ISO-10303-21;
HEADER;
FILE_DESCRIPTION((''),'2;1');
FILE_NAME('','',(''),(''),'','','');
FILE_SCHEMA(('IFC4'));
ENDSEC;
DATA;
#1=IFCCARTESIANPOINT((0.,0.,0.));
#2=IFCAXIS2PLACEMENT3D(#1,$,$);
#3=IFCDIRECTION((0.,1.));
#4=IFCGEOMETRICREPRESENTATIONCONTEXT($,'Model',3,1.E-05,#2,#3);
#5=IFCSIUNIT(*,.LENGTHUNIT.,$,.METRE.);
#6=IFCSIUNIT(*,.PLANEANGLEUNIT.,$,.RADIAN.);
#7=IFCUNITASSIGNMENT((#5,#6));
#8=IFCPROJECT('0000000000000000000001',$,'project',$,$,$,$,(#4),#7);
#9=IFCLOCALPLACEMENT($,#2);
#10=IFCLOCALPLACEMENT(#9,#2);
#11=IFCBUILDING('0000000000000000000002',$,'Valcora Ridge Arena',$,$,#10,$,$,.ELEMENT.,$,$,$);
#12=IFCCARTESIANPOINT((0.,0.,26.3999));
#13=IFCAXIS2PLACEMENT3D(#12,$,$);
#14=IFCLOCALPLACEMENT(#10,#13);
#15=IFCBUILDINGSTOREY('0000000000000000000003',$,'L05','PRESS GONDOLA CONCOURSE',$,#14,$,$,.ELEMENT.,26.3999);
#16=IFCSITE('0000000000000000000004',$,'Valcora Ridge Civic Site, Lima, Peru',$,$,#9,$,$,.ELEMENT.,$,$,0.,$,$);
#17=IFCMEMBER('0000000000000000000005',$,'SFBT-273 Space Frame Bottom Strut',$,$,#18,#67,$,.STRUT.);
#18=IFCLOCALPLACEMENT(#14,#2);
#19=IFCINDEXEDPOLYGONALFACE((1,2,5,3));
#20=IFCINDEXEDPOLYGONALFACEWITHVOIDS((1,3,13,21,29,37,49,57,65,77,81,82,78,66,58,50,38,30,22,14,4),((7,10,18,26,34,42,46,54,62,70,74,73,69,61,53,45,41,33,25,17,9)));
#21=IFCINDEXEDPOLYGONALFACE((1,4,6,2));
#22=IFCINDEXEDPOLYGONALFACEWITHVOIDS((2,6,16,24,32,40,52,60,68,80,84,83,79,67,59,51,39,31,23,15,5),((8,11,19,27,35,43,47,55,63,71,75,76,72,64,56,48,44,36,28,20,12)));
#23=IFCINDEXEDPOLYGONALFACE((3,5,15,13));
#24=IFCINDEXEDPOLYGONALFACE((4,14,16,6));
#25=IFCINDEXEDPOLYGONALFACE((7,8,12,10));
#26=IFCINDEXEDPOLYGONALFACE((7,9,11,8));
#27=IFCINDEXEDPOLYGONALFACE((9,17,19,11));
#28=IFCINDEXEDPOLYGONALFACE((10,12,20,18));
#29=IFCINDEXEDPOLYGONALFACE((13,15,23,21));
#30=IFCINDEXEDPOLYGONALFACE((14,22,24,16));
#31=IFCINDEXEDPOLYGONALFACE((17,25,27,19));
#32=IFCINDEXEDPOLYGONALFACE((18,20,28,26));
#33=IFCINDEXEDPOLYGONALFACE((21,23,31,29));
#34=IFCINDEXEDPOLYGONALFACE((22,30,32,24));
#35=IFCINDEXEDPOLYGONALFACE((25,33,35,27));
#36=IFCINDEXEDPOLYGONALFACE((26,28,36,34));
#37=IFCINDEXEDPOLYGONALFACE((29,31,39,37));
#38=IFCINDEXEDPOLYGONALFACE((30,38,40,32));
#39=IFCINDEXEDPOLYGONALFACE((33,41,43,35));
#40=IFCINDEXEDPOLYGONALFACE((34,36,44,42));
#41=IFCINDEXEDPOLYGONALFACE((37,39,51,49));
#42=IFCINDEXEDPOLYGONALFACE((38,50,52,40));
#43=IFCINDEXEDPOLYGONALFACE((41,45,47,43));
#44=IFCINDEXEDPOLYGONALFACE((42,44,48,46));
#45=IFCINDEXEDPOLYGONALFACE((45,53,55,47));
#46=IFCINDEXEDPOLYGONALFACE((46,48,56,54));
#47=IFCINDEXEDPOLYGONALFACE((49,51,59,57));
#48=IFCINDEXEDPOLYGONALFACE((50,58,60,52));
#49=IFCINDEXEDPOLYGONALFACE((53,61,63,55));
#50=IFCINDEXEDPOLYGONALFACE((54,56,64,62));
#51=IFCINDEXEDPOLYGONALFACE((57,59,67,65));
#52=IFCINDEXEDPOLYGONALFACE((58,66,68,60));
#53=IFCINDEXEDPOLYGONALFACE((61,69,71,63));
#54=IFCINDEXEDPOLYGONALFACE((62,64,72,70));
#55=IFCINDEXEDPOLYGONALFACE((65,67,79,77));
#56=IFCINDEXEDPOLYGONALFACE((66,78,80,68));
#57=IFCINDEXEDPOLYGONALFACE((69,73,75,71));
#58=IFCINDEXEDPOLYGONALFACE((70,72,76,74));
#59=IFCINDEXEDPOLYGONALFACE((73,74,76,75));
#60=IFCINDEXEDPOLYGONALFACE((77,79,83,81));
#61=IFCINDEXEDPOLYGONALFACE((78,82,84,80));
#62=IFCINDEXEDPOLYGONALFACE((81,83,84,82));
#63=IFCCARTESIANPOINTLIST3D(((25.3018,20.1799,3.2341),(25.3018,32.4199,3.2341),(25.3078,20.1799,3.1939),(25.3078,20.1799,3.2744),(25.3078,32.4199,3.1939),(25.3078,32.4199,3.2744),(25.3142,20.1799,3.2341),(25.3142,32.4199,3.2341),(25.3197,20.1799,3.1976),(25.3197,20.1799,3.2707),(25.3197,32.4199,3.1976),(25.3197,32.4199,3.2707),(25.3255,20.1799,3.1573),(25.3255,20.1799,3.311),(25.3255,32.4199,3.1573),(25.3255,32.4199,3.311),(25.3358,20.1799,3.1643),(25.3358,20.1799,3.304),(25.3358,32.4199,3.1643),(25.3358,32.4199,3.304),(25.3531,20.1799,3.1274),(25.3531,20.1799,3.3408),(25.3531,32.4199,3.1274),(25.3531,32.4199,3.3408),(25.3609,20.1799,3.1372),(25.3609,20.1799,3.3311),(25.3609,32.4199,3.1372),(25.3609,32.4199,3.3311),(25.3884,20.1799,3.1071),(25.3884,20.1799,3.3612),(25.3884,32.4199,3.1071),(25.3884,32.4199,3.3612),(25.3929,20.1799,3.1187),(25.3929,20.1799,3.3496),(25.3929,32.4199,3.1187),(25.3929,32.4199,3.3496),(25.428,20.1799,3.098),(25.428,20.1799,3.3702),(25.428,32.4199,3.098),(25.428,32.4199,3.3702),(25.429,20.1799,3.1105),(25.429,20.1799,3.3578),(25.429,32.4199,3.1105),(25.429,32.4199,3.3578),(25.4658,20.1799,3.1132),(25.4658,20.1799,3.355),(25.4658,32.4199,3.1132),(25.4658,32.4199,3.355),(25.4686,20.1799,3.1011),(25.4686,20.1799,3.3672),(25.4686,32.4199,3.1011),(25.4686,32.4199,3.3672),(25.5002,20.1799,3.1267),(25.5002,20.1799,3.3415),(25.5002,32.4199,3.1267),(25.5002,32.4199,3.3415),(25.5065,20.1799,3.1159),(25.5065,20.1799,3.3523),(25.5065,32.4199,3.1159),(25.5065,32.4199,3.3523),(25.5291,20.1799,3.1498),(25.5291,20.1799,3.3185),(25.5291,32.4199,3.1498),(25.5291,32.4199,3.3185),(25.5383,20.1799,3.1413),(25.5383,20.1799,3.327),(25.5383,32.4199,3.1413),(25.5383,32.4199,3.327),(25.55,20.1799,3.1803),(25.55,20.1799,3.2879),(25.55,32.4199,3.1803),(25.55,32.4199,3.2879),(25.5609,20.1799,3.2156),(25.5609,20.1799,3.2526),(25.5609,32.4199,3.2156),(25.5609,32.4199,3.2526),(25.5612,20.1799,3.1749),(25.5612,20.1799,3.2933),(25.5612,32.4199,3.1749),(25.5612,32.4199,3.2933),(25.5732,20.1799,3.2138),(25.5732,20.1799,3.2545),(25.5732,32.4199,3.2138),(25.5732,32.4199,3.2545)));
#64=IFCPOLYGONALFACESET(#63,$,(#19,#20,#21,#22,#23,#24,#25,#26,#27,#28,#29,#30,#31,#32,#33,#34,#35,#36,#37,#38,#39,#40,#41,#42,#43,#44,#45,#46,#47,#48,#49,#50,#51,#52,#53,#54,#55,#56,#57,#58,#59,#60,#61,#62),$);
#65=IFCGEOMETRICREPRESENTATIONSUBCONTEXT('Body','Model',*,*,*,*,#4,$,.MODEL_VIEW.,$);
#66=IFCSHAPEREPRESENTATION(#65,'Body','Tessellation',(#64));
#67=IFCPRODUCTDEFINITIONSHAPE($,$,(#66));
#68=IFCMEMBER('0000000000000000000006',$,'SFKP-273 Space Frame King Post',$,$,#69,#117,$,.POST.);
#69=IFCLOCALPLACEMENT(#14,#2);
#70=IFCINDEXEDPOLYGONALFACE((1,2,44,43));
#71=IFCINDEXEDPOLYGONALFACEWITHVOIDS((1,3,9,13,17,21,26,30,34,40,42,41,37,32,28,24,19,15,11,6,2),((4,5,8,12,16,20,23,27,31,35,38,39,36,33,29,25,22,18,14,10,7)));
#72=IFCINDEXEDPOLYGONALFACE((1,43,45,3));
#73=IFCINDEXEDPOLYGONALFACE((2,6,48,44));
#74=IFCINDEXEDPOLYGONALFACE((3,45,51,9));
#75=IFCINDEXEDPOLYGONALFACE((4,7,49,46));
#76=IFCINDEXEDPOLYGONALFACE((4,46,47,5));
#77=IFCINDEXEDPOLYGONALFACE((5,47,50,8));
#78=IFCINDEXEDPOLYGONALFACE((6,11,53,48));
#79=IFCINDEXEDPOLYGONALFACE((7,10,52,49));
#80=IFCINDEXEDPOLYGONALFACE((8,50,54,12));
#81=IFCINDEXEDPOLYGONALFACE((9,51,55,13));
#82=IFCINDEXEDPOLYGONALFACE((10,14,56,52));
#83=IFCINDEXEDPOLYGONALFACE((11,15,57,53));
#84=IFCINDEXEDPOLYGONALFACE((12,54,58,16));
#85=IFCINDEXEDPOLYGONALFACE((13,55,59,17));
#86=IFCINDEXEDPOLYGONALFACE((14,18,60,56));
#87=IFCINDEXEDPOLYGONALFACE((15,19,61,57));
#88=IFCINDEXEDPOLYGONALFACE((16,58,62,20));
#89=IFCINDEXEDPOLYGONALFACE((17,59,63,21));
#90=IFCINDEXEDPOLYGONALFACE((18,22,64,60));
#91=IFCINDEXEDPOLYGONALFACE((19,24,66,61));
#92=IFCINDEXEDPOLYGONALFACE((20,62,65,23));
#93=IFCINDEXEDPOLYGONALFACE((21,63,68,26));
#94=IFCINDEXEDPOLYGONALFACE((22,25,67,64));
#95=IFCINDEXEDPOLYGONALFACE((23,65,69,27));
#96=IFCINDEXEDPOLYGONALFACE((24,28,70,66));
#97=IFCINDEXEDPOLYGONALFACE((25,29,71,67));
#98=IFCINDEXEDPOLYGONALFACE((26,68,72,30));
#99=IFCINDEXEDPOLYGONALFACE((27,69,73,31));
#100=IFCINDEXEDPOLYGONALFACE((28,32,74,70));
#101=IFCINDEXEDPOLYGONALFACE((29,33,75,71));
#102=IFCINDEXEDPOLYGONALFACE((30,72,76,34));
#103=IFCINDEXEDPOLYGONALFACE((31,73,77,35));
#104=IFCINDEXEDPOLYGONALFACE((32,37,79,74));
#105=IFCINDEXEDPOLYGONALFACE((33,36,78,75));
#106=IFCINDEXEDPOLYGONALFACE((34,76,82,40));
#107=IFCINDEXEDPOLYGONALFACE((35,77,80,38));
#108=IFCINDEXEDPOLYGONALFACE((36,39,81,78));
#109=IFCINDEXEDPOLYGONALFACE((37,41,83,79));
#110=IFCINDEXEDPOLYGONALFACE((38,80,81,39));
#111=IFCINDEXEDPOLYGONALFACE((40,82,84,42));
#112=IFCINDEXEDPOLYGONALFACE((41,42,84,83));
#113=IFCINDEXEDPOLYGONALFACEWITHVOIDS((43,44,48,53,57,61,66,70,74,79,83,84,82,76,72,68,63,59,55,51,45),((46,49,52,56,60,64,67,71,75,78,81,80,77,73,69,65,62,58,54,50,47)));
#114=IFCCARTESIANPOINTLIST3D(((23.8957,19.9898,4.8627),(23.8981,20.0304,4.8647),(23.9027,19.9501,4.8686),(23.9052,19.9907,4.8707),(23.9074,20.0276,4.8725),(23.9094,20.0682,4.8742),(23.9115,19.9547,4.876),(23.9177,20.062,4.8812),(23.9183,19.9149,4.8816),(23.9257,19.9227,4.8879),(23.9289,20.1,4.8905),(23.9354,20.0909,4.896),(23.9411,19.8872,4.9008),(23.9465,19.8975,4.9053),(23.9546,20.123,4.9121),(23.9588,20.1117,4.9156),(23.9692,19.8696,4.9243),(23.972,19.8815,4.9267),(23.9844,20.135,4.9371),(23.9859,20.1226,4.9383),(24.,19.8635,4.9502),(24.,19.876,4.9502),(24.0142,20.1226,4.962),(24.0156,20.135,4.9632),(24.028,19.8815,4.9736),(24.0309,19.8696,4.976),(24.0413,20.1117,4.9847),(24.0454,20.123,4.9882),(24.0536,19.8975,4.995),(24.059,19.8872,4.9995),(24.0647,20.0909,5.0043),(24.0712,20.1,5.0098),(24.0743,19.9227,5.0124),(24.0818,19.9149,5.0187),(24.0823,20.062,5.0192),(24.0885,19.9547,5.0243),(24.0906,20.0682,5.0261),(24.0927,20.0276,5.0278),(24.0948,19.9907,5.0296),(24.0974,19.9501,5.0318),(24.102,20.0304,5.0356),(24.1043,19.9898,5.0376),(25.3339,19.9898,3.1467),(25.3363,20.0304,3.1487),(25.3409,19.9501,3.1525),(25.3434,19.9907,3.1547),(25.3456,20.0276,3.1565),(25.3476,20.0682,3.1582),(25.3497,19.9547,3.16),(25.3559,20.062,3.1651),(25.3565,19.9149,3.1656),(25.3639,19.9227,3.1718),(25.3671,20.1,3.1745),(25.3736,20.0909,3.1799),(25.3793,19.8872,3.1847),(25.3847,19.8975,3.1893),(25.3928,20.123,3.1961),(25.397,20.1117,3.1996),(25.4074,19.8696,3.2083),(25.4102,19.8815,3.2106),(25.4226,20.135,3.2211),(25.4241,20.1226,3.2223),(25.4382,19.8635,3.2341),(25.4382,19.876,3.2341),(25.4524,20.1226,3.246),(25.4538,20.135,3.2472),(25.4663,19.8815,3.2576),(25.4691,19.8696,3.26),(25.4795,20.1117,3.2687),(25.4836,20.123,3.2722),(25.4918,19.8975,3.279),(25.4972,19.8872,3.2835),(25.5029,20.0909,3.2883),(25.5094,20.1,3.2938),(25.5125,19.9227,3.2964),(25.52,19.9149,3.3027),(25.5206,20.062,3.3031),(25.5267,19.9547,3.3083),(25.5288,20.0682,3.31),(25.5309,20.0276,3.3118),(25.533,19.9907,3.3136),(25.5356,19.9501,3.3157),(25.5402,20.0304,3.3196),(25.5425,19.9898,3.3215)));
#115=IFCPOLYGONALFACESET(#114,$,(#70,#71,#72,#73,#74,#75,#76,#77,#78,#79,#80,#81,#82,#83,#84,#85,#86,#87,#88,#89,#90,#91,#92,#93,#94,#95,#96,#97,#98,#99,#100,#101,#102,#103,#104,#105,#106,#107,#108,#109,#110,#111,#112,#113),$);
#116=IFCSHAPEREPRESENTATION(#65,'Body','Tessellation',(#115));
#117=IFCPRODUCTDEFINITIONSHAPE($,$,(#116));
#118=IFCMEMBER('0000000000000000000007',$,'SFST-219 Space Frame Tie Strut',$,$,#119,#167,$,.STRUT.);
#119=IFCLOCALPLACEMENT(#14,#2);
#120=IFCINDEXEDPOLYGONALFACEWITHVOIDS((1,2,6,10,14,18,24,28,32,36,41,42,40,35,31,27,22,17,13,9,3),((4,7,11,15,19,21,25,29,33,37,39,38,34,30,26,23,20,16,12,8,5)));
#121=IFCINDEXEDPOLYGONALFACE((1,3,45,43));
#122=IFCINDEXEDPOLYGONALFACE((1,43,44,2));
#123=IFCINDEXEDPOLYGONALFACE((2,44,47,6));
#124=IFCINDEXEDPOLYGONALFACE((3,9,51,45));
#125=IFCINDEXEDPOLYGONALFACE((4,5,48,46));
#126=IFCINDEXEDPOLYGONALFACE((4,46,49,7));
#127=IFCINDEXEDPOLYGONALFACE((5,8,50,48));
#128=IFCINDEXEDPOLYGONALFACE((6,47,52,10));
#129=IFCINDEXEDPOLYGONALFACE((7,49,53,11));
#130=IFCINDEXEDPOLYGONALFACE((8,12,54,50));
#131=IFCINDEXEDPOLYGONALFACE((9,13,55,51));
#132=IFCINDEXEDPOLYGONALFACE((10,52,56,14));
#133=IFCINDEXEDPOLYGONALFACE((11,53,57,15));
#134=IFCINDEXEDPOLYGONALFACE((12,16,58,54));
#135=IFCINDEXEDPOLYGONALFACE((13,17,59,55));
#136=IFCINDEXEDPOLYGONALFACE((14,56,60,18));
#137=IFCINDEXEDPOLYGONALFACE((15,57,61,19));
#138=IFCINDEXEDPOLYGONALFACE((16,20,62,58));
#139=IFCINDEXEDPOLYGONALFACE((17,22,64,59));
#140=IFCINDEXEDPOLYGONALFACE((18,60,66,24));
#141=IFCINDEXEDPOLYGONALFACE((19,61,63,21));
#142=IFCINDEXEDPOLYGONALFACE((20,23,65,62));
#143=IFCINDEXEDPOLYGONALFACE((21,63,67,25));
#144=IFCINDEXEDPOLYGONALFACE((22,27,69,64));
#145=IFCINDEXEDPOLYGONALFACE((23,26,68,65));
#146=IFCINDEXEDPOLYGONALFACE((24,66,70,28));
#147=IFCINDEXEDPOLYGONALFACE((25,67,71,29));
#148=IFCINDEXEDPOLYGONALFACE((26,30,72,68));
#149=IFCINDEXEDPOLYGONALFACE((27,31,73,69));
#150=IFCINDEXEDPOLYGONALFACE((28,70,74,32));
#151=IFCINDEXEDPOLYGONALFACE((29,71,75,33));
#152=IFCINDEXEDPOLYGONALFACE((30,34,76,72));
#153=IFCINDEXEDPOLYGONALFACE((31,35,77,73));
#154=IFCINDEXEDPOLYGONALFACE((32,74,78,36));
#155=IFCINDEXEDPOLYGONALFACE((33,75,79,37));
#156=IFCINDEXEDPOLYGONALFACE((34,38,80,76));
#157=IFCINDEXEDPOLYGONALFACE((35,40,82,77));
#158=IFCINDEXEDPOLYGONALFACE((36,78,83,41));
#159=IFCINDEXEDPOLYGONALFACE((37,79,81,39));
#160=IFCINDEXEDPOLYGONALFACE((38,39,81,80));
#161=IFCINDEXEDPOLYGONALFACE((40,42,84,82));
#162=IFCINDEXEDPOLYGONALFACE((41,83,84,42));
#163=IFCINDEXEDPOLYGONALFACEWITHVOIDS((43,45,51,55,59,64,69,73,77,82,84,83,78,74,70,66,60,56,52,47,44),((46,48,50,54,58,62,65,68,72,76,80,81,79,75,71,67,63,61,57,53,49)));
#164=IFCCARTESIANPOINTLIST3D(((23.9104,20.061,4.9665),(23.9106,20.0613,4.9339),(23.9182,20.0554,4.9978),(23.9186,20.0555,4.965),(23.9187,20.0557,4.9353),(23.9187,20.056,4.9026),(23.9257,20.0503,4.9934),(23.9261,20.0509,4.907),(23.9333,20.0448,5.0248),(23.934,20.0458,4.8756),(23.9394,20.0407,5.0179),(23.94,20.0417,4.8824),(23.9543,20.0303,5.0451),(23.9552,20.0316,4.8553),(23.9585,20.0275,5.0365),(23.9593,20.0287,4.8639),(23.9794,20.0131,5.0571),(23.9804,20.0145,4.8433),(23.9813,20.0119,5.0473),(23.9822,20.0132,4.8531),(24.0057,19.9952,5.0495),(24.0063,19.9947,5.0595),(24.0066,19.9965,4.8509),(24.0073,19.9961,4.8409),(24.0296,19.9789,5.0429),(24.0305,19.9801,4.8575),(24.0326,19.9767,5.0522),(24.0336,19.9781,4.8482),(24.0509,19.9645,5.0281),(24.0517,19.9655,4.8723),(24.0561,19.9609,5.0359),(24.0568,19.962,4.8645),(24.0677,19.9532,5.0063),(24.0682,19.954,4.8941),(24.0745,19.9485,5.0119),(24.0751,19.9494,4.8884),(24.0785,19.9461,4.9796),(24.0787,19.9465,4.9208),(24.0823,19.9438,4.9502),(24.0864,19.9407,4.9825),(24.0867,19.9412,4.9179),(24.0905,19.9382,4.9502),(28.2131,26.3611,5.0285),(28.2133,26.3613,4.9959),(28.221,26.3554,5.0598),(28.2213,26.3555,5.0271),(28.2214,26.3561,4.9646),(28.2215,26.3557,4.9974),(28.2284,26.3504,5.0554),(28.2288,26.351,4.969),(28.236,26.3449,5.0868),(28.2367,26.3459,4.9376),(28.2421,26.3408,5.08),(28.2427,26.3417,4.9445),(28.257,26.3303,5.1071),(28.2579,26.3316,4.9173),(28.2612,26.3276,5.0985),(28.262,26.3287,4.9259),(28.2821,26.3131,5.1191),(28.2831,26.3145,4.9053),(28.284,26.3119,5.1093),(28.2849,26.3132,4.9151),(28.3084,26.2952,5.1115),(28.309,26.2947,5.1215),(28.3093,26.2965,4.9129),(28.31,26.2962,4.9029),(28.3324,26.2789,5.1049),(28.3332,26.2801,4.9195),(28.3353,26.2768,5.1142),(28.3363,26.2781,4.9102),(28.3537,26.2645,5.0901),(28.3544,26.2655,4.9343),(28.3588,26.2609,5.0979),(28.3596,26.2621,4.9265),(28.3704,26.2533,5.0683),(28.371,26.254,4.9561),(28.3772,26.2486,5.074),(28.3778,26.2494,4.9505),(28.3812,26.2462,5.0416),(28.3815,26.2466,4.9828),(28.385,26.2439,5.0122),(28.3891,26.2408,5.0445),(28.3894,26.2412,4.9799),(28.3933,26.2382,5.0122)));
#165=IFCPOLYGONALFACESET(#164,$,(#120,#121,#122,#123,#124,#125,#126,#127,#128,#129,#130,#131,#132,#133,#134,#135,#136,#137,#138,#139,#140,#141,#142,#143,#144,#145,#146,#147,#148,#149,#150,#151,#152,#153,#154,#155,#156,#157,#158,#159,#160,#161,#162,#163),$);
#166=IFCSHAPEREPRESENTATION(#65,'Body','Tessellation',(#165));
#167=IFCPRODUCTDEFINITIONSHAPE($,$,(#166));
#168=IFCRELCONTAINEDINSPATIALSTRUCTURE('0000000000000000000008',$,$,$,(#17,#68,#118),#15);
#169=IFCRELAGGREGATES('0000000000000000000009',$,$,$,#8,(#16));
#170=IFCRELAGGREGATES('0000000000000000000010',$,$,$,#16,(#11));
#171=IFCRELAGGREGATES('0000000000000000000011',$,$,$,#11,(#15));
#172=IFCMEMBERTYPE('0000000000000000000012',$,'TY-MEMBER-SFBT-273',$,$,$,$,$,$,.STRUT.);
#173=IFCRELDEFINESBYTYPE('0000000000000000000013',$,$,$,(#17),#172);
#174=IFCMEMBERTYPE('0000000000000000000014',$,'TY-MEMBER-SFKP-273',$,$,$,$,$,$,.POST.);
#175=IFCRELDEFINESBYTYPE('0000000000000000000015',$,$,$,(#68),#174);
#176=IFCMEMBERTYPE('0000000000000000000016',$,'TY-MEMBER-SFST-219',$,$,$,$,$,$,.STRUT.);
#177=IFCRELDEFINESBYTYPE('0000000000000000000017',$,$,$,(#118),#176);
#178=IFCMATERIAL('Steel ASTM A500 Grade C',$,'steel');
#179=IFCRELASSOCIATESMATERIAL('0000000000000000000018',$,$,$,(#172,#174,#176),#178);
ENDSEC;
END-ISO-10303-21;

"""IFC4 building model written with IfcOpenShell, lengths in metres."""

from ifc_helpers import new_model, si_unit, direction, frame, origin, origin_2d, place, context, subcontext, project, spatial, hollow_circle, extrude, material, material_profile, profile_set, type_object, element, save


model = new_model("IFC4")

# Units and contexts
model_context = context("Model", 3, precision=1e-05, world=origin(), true_north=direction((0.0, 1.0)))
body_context = subcontext(model_context, "Body", "Model", "MODEL_VIEW")
ifc_project = project(units=[si_unit("LENGTHUNIT", "METRE"), si_unit("PLANEANGLEUNIT", "RADIAN")], contexts=[model_context])

# Site, building, storey
site_placement = place(None, origin())
site = spatial("IfcSite", under=ifc_project, at=site_placement, Name="Valcora Ridge Civic Site, Lima, Peru", CompositionType="ELEMENT", RefElevation=0.0)
building_placement = place(site_placement, origin())
building = spatial("IfcBuilding", under=site, at=building_placement, Name="Valcora Ridge Arena", CompositionType="ELEMENT")
storey_placement = place(building_placement, frame((0.0, 0.0, 26.3999)))
storey = spatial("IfcBuildingStorey", under=building, at=storey_placement, Name="L05", Description="PRESS GONDOLA CONCOURSE", CompositionType="ELEMENT", Elevation=26.3999)

# Members
ifc_material_1 = material(Name="Steel ASTM A500 Grade C", Category="steel")
ifc_material_profile_1 = material_profile(ifc_material_1, hollow_circle(Radius=0.1365, WallThickness=0.0125, at=origin_2d()), Name="CHS273X12")
ifc_profile_set_1 = profile_set([ifc_material_profile_1], Name="Steel ASTM A500 Grade C")
member_type_1 = type_object("IfcMemberType", Name="TY-MEMBER-SFBT-273", PredefinedType="STRUT", material=ifc_profile_set_1)
member_1_placement = place(storey_placement, frame((25.4382, 20.1799, 3.2341), z_axis=(0.0, 1.0, 0.0), x_axis=(-1.0, 0.0, 0.0)))
element("IfcMember", 1, at=member_1_placement, inside=storey, type_object=member_type_1, Name="SFBT-273 Space Frame Bottom Strut", PredefinedType="STRUT", context=body_context, shape_type="SweptSolid", body=[
    extrude(hollow_circle(Radius=0.1365, WallThickness=0.0125, at=origin_2d()), origin(), (0.0, 0.0, 1.0), 12.24),
])
ifc_material_profile_2 = material_profile(ifc_material_1, hollow_circle(Radius=0.1365, WallThickness=0.0125, at=origin_2d()), Name="CHS273X12")
ifc_profile_set_2 = profile_set([ifc_material_profile_2], Name="Steel ASTM A500 Grade C")
member_type_2 = type_object("IfcMemberType", Name="TY-MEMBER-SFKP-273", PredefinedType="POST", material=ifc_profile_set_2)
member_2_placement = place(storey_placement, frame((25.4382, 20.0, 3.2341), z_axis=(-0.642338, 0.0, 0.766422), x_axis=(0.0, -1.0, 0.0)))
element("IfcMember", 2, at=member_2_placement, inside=storey, type_object=member_type_2, Name="SFKP-273 Space Frame King Post", PredefinedType="POST", context=body_context, shape_type="SweptSolid", body=[
    extrude(hollow_circle(Radius=0.1365, WallThickness=0.0125, at=origin_2d()), origin(), (0.0, 0.0, 1.0), 2.239),
])
ifc_material_profile_3 = material_profile(ifc_material_1, hollow_circle(Radius=0.1096, WallThickness=0.01, at=origin_2d()), Name="CHS219X10")
ifc_profile_set_3 = profile_set([ifc_material_profile_3], Name="Steel ASTM A500 Grade C")
member_type_3 = type_object("IfcMemberType", Name="TY-MEMBER-SFST-219", PredefinedType="STRUT", material=ifc_profile_set_3)
member_3_placement = place(storey_placement, frame((28.3027, 26.3, 5.0122), z_axis=(-0.563966, -0.825758, -0.008128), x_axis=(0.825785, -0.563985, 0.0)))
element("IfcMember", 3, at=member_3_placement, inside=storey, type_object=member_type_3, Name="SFST-219 Space Frame Tie Strut", PredefinedType="STRUT", context=body_context, shape_type="SweptSolid", body=[
    extrude(hollow_circle(Radius=0.1096, WallThickness=0.01, at=origin_2d()), origin(), (0.0, 0.0, 1.0), 7.6294),
])

save(model, "model.ifc")
